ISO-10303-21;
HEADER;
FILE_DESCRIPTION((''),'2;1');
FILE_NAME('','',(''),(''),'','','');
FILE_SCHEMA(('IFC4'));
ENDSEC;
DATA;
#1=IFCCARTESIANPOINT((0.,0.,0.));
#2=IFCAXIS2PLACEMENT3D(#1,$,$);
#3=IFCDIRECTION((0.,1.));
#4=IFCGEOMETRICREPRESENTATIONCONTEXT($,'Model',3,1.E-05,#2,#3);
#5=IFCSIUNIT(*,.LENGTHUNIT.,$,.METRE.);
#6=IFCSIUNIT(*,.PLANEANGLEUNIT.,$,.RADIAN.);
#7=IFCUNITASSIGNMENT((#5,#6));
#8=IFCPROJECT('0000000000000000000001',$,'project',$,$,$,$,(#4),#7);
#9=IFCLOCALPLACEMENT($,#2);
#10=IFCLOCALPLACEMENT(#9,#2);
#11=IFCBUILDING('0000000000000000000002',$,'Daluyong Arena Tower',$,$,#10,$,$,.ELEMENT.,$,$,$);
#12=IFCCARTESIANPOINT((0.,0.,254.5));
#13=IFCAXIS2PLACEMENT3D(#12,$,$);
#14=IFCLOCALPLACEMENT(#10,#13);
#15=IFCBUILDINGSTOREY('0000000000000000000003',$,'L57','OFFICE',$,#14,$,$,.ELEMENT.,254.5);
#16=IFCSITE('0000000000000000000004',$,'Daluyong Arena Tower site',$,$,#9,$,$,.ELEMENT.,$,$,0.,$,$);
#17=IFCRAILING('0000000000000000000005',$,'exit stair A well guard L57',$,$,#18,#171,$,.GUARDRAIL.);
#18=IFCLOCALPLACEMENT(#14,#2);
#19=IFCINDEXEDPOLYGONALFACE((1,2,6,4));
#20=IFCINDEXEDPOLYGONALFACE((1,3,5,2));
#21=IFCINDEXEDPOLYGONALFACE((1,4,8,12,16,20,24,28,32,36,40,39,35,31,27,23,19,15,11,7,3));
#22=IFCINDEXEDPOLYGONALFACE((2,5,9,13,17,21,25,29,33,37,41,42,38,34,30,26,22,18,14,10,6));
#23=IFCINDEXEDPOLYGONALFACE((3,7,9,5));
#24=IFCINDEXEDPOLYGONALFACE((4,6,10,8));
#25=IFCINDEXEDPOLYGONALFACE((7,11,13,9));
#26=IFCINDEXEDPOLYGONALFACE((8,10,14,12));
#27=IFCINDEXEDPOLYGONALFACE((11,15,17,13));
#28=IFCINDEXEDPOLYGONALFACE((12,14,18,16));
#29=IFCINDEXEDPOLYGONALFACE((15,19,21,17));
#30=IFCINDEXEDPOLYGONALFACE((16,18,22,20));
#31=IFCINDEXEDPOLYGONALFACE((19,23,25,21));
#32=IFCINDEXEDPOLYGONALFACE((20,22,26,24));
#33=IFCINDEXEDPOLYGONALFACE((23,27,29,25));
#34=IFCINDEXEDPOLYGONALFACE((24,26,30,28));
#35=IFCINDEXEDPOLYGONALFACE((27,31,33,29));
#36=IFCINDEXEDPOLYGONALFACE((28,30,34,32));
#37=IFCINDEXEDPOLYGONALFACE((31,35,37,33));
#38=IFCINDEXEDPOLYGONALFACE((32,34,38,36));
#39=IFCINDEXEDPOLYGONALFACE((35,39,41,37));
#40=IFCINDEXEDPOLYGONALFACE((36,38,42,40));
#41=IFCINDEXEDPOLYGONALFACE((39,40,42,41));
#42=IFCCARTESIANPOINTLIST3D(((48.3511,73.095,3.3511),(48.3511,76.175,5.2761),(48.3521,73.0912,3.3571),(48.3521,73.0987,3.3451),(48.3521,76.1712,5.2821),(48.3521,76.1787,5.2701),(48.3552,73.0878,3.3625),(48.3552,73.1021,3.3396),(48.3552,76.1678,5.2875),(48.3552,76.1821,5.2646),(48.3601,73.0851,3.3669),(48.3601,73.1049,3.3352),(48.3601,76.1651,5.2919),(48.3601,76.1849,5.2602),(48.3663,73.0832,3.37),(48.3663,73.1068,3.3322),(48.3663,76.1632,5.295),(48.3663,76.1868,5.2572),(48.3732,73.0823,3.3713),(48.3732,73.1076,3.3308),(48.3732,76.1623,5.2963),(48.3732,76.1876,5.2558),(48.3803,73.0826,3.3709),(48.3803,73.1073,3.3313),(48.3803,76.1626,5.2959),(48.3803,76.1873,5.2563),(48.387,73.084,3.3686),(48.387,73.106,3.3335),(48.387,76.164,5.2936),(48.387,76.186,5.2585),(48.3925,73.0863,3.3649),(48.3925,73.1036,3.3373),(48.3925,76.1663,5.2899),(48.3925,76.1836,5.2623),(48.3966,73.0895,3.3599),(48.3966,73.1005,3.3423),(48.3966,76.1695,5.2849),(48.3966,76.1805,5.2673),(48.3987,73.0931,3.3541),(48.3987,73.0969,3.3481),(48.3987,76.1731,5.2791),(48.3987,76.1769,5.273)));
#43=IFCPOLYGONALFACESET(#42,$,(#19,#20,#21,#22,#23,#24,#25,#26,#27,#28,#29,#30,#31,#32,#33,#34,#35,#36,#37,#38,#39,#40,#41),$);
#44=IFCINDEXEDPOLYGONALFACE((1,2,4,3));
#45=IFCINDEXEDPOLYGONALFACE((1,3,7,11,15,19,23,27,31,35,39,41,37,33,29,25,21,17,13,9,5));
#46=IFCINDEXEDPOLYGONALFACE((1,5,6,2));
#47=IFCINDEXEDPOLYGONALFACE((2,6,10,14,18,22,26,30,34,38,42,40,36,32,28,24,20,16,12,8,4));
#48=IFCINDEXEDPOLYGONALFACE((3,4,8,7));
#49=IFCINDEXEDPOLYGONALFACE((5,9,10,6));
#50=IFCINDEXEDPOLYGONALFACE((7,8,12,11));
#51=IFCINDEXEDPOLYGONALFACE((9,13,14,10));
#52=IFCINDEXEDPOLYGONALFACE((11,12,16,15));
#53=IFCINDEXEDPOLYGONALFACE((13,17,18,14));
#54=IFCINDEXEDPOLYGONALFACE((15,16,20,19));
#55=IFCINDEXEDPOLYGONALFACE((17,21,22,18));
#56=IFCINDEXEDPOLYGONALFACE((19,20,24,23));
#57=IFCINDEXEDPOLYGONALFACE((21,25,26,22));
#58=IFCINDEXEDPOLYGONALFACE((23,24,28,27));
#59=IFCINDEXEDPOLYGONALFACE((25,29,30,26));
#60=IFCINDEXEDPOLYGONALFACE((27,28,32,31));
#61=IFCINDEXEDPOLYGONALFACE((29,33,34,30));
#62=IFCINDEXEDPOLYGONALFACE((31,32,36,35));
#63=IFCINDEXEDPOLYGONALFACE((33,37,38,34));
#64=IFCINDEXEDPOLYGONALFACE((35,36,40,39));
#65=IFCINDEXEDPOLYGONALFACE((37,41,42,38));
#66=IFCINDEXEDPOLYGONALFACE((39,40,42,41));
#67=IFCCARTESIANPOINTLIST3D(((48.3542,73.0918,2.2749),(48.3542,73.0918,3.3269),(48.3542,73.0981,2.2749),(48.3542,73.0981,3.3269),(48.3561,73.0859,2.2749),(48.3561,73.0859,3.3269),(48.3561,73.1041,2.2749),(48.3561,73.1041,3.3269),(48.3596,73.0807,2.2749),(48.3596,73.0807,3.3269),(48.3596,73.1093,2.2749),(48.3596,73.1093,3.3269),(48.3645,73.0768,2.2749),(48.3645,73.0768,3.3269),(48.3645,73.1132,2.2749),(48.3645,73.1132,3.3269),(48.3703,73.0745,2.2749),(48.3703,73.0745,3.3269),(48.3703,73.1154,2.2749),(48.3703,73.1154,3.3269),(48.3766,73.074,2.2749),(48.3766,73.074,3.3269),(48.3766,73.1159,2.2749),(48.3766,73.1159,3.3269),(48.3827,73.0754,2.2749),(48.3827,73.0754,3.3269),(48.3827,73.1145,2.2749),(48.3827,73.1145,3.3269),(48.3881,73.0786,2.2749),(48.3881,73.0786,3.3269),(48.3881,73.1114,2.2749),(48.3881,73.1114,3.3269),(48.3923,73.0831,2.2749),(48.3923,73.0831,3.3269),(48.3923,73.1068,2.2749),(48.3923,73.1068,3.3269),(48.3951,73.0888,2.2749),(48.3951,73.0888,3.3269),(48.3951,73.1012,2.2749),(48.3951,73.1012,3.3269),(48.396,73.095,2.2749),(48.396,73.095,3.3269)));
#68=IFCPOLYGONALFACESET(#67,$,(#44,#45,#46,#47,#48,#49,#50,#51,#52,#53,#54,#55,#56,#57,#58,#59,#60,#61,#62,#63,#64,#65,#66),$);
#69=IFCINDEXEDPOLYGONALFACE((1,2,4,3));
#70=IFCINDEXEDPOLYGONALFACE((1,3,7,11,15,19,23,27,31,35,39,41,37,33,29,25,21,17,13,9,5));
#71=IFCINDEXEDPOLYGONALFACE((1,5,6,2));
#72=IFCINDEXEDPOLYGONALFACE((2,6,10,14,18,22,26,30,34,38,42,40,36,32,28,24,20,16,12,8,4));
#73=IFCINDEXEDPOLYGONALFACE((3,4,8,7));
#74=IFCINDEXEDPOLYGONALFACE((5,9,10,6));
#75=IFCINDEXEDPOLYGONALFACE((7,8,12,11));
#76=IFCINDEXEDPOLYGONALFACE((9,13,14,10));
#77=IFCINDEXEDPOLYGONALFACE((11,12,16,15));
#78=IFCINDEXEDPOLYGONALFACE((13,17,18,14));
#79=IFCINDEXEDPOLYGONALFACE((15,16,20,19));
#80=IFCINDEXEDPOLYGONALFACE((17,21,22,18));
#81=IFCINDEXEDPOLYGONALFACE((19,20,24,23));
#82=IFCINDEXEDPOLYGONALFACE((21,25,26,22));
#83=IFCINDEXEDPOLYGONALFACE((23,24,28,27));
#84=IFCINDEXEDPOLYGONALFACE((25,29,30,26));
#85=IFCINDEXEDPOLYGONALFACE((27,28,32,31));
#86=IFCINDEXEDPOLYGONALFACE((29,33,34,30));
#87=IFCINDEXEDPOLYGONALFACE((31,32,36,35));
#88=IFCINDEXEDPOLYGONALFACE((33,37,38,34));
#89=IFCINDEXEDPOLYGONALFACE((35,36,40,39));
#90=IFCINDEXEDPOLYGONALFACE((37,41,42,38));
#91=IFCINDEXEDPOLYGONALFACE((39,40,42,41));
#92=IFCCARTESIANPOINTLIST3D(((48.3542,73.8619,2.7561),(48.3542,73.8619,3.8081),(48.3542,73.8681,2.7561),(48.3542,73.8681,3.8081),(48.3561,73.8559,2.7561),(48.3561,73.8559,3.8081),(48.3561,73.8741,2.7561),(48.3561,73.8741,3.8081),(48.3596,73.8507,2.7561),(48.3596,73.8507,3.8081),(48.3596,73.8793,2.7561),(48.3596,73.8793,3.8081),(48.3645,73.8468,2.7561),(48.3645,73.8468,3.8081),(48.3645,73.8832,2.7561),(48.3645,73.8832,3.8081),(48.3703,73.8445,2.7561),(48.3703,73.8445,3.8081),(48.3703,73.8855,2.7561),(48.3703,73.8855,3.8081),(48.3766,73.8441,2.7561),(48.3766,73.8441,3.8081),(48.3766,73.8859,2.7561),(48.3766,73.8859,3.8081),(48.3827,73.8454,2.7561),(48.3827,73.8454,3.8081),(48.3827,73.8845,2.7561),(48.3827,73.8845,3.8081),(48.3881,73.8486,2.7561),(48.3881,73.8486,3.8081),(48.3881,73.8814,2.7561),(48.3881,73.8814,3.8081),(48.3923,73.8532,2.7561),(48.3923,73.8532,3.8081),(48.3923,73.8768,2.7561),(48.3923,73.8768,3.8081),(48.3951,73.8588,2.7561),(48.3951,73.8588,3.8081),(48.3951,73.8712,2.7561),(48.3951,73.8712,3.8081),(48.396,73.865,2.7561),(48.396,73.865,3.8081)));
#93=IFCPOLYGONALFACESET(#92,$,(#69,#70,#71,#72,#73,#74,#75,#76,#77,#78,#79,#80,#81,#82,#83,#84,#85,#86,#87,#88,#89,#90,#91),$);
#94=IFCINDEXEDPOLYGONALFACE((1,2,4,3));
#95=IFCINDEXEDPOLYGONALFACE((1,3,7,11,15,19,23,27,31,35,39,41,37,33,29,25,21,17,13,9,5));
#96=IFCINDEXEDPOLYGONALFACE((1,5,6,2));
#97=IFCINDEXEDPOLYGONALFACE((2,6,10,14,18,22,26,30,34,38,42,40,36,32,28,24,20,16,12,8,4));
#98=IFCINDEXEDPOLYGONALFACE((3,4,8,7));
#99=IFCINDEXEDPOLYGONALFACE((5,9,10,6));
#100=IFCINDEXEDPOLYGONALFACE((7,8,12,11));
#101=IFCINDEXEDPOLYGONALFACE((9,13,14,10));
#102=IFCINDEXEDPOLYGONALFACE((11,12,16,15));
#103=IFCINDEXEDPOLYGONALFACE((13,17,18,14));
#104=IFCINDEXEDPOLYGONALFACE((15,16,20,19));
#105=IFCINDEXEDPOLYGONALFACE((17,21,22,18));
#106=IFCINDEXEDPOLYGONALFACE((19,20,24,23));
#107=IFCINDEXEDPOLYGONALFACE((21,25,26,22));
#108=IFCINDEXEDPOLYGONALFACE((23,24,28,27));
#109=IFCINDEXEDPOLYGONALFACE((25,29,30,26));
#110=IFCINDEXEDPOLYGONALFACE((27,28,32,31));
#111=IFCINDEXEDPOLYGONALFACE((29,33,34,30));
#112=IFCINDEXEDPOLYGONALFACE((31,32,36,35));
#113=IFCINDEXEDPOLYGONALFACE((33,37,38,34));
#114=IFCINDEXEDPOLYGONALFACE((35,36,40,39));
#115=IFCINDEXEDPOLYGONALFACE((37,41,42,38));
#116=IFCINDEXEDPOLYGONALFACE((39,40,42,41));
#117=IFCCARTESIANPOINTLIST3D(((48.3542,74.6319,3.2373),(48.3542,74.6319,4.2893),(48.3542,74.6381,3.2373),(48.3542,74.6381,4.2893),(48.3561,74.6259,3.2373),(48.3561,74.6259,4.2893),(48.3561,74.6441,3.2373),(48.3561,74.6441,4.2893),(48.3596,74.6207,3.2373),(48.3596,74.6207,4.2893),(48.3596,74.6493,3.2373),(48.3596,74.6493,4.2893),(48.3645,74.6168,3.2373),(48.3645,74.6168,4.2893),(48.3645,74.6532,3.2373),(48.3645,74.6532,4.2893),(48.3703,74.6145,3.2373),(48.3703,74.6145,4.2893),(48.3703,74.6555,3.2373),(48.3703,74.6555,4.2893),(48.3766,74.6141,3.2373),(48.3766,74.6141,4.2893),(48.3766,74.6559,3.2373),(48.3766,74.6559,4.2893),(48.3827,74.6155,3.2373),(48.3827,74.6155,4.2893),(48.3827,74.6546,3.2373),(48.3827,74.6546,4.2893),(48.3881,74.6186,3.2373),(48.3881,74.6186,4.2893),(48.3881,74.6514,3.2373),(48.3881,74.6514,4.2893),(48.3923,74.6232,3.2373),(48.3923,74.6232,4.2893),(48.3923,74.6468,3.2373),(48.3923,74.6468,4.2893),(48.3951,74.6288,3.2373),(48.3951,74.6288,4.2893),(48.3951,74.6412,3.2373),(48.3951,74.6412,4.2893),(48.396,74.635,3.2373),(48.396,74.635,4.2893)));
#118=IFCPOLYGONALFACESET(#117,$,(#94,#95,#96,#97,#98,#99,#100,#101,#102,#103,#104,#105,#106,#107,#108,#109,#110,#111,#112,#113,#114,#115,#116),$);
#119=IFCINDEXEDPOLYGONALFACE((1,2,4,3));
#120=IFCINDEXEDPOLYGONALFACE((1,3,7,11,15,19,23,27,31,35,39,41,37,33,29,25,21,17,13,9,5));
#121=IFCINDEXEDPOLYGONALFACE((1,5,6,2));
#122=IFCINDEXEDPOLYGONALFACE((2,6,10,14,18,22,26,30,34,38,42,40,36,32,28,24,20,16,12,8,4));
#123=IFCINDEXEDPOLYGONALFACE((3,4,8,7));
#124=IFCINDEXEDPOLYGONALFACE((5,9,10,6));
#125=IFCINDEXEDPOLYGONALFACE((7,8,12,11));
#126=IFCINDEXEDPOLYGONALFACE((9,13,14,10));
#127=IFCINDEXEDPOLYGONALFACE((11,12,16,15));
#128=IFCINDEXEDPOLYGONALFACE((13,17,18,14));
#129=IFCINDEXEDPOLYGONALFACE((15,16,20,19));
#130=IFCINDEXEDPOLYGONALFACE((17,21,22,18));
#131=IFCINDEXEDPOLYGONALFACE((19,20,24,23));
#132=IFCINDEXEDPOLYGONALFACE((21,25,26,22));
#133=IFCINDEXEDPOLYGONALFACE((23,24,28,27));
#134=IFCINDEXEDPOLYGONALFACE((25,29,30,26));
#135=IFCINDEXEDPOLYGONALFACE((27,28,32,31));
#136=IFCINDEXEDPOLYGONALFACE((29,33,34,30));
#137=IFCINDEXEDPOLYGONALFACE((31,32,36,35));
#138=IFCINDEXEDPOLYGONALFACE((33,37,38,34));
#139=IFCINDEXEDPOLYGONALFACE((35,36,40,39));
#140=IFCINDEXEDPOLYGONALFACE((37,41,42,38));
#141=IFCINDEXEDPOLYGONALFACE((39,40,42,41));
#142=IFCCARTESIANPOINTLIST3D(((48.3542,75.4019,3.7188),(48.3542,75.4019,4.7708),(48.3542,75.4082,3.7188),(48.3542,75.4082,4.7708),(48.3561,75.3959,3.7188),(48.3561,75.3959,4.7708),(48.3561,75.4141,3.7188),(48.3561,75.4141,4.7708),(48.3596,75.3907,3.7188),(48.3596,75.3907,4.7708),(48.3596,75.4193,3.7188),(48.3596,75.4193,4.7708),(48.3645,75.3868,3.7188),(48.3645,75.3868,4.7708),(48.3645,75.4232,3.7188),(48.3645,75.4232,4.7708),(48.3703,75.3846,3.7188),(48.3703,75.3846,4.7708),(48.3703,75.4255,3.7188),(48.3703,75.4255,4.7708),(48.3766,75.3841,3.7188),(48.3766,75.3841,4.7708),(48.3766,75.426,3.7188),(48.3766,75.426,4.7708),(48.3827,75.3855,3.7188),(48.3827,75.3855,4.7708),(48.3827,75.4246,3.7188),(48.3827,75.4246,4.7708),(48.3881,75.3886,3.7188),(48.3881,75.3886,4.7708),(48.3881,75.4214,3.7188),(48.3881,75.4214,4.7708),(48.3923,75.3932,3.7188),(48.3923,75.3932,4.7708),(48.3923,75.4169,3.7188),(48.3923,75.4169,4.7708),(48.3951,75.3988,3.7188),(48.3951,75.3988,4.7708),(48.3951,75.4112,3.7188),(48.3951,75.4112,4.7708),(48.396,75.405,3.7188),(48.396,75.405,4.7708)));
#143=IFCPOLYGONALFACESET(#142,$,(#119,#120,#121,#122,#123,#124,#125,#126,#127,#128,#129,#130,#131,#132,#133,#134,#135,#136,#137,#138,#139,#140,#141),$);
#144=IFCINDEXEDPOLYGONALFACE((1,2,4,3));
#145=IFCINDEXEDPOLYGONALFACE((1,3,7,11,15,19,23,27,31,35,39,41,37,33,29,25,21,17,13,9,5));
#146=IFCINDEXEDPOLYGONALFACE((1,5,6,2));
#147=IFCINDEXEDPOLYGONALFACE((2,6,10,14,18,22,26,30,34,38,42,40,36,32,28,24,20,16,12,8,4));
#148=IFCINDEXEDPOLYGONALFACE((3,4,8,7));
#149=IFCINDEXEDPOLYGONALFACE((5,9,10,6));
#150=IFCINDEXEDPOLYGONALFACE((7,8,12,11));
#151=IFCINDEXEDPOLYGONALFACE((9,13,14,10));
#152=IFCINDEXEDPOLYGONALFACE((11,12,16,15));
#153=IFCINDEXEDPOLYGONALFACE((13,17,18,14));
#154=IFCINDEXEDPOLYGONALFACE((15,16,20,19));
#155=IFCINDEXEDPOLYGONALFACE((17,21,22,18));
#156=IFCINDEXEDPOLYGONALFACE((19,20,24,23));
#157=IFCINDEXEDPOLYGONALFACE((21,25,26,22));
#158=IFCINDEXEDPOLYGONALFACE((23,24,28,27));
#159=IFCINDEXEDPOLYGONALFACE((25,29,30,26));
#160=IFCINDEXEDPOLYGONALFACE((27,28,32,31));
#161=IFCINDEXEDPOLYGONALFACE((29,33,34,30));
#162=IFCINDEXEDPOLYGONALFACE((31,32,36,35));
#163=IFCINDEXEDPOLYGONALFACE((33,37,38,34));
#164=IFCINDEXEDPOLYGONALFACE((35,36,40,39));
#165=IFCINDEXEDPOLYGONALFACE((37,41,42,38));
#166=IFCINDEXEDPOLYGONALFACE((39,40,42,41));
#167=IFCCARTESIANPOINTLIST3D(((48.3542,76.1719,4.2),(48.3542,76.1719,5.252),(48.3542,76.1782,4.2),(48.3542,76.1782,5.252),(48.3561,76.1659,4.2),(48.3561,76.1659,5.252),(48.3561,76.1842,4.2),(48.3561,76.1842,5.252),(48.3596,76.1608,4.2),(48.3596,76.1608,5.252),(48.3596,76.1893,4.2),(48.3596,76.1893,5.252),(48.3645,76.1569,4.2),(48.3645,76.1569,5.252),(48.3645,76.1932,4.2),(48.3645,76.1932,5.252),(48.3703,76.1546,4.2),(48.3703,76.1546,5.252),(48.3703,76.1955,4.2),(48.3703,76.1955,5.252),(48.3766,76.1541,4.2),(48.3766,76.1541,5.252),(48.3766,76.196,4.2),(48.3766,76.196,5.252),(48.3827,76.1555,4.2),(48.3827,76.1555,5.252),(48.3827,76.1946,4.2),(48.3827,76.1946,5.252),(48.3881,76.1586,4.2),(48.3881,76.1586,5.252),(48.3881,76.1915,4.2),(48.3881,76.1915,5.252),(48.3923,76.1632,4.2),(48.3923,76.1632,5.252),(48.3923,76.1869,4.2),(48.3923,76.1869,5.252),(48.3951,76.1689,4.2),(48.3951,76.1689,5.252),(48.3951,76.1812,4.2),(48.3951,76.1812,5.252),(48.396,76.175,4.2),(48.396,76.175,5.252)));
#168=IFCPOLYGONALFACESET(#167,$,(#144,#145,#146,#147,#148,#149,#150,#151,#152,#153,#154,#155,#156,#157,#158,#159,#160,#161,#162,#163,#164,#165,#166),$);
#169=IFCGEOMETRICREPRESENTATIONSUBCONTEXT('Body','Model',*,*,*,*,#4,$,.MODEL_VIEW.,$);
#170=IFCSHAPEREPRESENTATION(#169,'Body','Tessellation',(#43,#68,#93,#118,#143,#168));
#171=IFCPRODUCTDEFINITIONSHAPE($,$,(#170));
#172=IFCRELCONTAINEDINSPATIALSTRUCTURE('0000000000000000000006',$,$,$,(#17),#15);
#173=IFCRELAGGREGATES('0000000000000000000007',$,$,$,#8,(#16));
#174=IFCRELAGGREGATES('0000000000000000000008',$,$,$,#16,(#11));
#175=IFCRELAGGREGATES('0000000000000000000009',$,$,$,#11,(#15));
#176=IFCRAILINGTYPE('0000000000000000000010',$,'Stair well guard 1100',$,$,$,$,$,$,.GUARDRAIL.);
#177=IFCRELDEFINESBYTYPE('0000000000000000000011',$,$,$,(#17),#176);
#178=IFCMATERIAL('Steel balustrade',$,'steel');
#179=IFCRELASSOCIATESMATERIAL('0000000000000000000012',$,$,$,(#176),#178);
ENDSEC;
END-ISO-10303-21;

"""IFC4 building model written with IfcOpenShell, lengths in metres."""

from ifc_helpers import new_model, si_unit, direction, frame, origin, origin_2d, place, context, subcontext, project, spatial, circle, extrude, material, type_object, element, save


model = new_model("IFC4")

# Units and contexts
model_context = context("Model", 3, precision=1e-05, world=origin(), true_north=direction((0.0, 1.0)))
body_context = subcontext(model_context, "Body", "Model", "MODEL_VIEW")
ifc_project = project(units=[si_unit("LENGTHUNIT", "METRE"), si_unit("PLANEANGLEUNIT", "RADIAN")], contexts=[model_context])

# Site, building, storey
site_placement = place(None, origin())
site = spatial("IfcSite", under=ifc_project, at=site_placement, Name="Daluyong Arena Tower site", CompositionType="ELEMENT", RefElevation=0.0)
building_placement = place(site_placement, origin())
building = spatial("IfcBuilding", under=site, at=building_placement, Name="Daluyong Arena Tower", CompositionType="ELEMENT")
storey_placement = place(building_placement, frame((0.0, 0.0, 254.5)))
storey = spatial("IfcBuildingStorey", under=building, at=storey_placement, Name="L57", Description="OFFICE", CompositionType="ELEMENT", Elevation=254.5)

# Railing
ifc_material_1 = material(Name="Steel balustrade", Category="steel")
railing_type_1 = type_object("IfcRailingType", Name="Stair well guard 1100", PredefinedType="GUARDRAIL", material=ifc_material_1)
railing_1_placement = place(storey_placement, frame((48.375, 73.095, 2.2749)))
element("IfcRailing", 1, at=railing_1_placement, inside=storey, type_object=railing_type_1, Name="exit stair A well guard L57", PredefinedType="GUARDRAIL", context=body_context, shape_type="SweptSolid", body=[
    extrude(circle(Radius=0.0239, at=origin_2d()), frame((0.0, 0.0, 1.0762), z_axis=(0.0, 0.847998, 0.529999), x_axis=(-1.0, 0.0, 0.0)), (0.0, 0.0, 1.0), 3.6321),
    extrude(circle(Radius=0.021, at=origin_2d()), origin(), (0.0, 0.0, 1.0), 1.052),
    extrude(circle(Radius=0.021, at=origin_2d()), frame((0.0, 0.77, 0.4812)), (0.0, 0.0, 1.0), 1.052),
    extrude(circle(Radius=0.021, at=origin_2d()), frame((0.0, 1.54, 0.9624)), (0.0, 0.0, 1.0), 1.052),
    extrude(circle(Radius=0.021, at=origin_2d()), frame((0.0, 2.3101, 1.4438)), (0.0, 0.0, 1.0), 1.052),
    extrude(circle(Radius=0.021, at=origin_2d()), frame((0.0, 3.0801, 1.925)), (0.0, 0.0, 1.0), 1.052),
])

save(model, "model.ifc")
